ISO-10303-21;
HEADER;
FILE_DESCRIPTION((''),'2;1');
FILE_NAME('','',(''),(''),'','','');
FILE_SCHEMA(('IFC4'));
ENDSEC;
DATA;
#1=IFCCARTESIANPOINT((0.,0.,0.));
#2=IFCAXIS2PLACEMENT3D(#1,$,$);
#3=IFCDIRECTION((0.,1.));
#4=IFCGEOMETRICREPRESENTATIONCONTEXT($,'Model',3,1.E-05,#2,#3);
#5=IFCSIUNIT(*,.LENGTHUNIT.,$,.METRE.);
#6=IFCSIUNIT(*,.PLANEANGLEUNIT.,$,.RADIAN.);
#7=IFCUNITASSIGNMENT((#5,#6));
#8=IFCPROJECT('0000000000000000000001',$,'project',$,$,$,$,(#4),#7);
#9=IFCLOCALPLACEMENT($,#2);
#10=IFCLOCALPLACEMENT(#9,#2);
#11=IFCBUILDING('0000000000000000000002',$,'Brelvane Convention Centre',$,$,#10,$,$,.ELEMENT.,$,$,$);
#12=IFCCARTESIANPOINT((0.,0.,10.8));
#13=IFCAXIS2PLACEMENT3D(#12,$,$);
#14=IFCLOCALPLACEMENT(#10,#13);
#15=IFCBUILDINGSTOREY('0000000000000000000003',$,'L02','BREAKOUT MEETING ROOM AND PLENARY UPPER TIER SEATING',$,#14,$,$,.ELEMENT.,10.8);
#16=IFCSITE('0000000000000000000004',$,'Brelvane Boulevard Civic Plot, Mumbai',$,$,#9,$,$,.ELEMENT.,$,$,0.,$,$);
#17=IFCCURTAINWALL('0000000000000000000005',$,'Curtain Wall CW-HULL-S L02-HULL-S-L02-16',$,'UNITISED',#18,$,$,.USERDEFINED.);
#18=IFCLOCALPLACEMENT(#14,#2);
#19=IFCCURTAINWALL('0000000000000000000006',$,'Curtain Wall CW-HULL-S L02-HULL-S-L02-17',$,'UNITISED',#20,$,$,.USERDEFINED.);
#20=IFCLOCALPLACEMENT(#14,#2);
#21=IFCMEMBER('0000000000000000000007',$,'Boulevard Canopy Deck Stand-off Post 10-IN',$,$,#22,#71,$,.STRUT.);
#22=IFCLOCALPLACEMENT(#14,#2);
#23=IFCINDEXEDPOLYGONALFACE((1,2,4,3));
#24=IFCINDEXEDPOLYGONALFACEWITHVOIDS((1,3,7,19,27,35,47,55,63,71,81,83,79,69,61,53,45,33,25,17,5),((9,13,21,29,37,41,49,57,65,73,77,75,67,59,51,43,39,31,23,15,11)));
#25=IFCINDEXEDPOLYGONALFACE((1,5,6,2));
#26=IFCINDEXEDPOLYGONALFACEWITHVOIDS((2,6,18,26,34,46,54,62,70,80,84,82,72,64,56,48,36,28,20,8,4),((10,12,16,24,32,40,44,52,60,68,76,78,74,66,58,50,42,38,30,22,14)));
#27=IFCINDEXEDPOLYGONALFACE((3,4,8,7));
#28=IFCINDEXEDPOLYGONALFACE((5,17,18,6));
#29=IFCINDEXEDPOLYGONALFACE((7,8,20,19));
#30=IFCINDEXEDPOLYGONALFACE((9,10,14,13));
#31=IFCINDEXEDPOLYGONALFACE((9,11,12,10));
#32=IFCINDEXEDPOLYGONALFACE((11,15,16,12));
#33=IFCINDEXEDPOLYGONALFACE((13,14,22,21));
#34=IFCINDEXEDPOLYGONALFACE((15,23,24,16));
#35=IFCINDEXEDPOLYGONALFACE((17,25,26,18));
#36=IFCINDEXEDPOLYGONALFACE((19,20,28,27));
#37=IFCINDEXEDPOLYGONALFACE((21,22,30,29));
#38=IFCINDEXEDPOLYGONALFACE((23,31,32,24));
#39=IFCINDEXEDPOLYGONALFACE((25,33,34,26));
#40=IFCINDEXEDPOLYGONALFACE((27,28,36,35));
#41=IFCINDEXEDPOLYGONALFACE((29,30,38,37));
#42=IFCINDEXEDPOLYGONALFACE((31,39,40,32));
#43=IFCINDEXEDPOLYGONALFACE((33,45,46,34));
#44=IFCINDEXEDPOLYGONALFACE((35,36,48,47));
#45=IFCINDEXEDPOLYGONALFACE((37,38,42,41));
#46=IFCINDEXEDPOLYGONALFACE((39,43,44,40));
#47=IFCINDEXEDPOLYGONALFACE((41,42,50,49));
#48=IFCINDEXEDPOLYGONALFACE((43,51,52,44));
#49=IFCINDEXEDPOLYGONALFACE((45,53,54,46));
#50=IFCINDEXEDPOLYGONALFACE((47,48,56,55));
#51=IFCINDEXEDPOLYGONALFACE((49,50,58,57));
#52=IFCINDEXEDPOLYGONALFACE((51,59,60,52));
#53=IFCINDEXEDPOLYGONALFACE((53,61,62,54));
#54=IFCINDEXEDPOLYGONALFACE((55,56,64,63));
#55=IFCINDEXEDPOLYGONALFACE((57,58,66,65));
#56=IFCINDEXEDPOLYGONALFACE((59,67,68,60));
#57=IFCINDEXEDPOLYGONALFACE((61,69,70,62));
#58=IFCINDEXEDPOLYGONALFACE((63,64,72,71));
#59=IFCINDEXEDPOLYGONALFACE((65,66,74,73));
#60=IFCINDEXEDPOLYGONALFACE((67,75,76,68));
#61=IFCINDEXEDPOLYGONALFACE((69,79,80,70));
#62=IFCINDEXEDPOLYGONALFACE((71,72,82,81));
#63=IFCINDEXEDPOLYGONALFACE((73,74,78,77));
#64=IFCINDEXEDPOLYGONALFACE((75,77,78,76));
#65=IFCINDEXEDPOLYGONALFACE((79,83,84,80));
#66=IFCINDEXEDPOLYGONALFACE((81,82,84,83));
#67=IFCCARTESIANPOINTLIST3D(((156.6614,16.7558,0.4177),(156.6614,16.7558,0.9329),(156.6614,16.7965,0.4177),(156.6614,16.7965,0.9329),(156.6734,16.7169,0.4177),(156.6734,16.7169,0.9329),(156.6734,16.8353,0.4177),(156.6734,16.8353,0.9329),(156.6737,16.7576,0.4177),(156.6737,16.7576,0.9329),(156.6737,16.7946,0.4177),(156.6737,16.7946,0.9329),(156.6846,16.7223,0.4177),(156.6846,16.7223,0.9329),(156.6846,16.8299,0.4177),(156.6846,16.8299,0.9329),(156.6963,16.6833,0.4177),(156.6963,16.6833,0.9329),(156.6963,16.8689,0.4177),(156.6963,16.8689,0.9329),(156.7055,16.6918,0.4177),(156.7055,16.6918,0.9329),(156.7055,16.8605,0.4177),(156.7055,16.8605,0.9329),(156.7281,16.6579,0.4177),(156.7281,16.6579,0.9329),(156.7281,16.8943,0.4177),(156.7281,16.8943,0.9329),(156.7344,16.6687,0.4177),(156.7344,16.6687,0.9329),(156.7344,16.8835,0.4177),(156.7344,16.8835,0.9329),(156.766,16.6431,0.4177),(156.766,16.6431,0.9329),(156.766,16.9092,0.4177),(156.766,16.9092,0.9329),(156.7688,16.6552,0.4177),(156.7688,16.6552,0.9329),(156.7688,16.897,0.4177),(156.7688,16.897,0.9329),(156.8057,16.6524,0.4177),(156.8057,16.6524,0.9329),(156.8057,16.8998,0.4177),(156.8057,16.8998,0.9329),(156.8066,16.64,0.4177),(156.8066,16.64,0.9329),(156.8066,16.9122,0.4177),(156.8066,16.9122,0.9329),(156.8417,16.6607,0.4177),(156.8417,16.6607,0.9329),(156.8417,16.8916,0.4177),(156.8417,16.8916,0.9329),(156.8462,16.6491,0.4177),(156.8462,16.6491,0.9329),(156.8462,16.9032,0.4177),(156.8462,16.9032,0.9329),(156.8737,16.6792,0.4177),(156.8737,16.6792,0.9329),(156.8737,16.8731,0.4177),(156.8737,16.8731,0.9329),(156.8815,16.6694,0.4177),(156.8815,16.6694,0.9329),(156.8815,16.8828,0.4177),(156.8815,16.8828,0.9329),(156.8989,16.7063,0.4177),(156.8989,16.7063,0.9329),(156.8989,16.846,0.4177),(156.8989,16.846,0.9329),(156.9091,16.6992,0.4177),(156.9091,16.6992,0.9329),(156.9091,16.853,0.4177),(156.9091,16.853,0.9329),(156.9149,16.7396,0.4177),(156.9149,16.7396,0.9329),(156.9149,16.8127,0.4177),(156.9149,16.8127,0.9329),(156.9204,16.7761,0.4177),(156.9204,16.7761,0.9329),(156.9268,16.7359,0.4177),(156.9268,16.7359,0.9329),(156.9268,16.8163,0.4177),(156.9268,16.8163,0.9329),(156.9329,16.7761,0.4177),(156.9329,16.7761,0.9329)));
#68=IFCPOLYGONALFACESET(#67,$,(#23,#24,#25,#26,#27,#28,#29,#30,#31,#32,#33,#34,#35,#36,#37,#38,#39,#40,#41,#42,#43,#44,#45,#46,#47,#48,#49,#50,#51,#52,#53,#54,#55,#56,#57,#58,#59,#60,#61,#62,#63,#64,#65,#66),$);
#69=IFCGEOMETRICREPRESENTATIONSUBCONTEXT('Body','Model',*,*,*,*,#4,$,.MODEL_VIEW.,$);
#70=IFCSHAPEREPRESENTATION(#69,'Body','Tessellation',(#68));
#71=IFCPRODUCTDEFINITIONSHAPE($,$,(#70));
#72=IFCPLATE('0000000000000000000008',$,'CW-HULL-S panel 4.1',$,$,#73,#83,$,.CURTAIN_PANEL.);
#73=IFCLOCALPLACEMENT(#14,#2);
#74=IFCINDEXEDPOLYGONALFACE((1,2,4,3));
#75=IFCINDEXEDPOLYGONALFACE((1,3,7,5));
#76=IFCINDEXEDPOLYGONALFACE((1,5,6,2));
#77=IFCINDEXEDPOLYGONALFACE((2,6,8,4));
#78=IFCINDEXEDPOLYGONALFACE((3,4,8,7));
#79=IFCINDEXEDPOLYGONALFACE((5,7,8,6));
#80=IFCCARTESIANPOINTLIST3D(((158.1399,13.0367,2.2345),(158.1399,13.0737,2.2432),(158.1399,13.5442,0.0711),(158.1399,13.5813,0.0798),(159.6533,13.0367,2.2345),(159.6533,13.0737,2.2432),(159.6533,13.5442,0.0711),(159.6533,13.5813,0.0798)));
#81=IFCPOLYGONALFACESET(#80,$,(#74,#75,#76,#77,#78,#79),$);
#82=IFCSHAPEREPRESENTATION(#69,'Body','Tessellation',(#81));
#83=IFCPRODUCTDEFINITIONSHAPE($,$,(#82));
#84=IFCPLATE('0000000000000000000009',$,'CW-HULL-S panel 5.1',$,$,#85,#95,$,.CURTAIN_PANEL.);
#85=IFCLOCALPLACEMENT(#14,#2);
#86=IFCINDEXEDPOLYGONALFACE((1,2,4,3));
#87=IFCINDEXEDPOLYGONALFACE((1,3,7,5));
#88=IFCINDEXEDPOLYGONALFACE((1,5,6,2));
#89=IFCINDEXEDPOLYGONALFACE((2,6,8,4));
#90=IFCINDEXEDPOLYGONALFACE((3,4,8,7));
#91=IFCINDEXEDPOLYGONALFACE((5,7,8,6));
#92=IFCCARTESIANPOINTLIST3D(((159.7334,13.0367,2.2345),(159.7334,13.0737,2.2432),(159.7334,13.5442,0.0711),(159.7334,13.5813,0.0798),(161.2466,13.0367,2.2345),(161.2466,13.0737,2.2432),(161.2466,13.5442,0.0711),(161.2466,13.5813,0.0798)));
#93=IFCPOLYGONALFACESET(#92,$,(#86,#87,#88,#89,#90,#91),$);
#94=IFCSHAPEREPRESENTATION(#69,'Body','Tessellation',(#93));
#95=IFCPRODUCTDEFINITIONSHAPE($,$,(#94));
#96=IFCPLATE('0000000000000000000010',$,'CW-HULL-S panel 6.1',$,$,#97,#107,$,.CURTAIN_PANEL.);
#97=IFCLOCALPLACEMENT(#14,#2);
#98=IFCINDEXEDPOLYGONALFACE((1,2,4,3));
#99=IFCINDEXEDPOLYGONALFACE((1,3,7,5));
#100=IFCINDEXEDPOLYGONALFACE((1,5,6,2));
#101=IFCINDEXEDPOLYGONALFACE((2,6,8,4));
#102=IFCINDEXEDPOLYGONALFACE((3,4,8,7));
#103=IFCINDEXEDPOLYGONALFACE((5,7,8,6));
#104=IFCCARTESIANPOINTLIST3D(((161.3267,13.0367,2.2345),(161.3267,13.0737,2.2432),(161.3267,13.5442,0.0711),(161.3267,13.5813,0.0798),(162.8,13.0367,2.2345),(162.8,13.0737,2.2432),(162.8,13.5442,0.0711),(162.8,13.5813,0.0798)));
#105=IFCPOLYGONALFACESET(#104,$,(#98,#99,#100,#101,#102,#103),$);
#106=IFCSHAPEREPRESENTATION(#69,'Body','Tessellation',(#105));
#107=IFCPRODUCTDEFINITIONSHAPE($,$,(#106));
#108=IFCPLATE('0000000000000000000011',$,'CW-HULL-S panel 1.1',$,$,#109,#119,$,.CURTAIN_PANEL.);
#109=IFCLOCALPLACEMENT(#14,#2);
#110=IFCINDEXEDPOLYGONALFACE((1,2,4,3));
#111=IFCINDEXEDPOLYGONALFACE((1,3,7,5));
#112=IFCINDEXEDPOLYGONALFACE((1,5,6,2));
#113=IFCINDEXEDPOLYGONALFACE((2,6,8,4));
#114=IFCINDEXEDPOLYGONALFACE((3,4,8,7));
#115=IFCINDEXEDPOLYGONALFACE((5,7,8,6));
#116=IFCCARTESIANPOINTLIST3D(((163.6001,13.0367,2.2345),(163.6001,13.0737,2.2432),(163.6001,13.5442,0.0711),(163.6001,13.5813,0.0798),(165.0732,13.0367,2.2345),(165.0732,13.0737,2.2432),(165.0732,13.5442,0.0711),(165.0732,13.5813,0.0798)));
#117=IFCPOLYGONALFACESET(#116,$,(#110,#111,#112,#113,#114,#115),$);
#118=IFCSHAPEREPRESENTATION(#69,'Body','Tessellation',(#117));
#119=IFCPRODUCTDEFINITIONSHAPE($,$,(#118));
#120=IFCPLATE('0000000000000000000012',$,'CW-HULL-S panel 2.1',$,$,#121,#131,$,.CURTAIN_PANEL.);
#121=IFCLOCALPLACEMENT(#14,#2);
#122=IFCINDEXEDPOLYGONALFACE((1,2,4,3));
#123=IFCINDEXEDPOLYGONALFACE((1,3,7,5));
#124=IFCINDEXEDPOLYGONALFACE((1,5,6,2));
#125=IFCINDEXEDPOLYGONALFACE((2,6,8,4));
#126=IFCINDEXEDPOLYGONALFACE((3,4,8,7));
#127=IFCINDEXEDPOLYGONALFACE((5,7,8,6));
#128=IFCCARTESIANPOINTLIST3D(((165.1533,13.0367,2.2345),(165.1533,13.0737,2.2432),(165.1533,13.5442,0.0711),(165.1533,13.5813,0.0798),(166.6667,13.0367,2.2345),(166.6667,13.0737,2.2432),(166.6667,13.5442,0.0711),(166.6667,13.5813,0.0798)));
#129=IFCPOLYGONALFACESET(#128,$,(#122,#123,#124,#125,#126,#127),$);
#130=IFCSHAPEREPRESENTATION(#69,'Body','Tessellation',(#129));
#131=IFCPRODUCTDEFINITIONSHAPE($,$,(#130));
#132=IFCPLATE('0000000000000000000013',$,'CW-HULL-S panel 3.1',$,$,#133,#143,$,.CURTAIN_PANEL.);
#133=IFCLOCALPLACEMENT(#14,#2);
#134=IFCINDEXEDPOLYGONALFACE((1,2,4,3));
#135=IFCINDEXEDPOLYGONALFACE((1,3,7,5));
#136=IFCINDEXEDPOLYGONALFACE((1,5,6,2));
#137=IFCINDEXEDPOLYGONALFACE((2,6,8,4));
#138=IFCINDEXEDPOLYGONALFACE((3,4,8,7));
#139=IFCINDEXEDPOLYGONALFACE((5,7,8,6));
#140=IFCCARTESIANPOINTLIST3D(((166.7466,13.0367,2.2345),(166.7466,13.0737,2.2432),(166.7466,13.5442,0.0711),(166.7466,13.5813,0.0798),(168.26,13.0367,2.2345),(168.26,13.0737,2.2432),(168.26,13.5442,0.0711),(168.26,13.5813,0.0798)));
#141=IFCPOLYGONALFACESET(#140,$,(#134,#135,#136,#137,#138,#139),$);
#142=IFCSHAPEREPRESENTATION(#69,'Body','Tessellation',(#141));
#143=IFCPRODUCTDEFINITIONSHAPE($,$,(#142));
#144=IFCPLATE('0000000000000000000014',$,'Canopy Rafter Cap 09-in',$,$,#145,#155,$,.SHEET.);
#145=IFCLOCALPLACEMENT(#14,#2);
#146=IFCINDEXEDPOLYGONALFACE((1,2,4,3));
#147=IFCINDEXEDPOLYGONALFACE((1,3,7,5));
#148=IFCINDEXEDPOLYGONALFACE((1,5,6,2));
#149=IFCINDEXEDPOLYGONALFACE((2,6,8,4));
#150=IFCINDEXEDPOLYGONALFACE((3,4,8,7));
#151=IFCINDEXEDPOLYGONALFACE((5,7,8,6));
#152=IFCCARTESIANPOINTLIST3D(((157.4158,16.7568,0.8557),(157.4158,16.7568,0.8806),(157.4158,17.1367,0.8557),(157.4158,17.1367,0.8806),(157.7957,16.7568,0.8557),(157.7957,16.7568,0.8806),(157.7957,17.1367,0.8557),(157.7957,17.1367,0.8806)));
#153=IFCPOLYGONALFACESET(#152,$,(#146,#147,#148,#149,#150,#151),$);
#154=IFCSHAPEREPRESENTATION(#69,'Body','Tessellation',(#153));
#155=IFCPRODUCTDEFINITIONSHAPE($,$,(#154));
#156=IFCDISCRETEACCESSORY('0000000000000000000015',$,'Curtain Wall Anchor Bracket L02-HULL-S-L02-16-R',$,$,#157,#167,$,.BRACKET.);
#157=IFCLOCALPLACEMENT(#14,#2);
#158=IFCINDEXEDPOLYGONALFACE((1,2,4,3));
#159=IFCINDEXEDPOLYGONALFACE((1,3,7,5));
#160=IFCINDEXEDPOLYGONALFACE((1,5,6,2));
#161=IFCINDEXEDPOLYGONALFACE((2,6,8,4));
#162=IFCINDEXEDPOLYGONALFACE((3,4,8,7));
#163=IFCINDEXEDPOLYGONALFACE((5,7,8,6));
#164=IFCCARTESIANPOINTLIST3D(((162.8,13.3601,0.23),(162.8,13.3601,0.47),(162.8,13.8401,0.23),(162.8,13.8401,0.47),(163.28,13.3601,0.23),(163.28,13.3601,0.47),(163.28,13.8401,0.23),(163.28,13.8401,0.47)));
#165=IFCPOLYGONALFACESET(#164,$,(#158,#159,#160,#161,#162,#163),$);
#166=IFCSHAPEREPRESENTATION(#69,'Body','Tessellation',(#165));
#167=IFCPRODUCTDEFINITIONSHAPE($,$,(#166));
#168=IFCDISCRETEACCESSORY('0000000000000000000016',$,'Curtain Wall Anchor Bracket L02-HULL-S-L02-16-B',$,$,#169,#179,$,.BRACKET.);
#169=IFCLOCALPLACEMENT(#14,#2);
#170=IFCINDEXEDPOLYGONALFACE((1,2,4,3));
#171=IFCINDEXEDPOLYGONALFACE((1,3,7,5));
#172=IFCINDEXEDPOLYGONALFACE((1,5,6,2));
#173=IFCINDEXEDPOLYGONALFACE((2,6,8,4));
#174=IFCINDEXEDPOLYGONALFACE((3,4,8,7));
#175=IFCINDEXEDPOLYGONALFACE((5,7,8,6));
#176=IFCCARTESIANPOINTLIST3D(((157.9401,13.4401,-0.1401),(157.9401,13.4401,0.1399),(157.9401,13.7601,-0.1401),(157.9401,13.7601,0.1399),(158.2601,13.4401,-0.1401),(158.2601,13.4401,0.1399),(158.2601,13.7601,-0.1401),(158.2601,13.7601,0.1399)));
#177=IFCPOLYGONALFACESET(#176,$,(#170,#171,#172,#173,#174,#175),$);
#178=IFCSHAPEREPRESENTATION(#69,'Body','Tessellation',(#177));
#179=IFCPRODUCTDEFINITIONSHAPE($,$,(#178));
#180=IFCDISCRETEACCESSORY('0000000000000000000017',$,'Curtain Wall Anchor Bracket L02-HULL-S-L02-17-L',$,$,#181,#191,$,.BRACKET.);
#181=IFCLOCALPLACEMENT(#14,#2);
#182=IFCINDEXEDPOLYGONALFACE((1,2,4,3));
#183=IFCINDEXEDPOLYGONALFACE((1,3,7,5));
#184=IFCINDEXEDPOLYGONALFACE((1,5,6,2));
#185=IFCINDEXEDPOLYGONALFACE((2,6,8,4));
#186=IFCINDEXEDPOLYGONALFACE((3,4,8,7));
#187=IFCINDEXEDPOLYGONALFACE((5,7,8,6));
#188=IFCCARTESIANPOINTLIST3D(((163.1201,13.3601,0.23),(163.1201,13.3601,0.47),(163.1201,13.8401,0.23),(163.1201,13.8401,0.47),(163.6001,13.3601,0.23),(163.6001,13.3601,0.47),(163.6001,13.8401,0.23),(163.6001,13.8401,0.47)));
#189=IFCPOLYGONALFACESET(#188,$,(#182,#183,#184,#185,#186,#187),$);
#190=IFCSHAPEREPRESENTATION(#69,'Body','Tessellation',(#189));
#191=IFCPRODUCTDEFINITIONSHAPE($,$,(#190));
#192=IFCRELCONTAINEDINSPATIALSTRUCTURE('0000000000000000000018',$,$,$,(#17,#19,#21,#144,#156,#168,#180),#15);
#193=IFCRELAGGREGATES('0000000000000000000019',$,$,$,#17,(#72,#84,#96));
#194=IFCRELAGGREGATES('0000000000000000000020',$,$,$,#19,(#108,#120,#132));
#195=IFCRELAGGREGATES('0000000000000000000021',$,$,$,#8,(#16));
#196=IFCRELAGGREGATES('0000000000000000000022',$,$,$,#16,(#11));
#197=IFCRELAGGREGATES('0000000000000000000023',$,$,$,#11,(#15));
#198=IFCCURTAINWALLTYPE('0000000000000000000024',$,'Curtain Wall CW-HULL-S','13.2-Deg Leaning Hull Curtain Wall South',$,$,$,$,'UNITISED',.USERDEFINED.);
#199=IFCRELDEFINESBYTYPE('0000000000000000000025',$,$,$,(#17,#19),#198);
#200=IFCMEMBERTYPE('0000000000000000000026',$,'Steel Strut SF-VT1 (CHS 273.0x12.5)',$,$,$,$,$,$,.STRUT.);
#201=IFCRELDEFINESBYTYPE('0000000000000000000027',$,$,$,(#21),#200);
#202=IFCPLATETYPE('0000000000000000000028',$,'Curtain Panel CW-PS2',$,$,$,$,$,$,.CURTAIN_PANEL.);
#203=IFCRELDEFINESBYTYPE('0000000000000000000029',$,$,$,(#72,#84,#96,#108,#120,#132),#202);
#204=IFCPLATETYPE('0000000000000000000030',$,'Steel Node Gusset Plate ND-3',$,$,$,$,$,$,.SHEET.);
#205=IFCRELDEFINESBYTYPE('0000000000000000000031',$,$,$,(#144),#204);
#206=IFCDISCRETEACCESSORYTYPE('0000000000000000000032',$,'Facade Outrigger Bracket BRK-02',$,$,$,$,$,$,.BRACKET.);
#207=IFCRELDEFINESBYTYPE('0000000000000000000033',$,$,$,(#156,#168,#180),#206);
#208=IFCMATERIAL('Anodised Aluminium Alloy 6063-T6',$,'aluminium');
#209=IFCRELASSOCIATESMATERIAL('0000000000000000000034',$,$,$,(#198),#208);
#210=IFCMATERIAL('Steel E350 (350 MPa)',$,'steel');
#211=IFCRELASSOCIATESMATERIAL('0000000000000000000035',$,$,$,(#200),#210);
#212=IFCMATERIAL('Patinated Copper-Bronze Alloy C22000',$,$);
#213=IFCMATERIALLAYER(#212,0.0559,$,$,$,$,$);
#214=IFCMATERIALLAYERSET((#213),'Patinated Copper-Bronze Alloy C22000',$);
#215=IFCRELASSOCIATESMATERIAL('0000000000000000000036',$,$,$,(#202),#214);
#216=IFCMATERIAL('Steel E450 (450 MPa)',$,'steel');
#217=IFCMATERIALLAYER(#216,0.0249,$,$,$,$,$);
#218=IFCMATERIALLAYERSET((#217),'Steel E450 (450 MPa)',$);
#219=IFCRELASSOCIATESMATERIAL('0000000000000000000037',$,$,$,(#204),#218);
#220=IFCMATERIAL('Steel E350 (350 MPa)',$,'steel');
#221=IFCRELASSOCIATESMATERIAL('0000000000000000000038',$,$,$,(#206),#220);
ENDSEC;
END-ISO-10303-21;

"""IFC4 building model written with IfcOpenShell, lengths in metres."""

from ifc_helpers import new_model, si_unit, direction, frame, origin, origin_2d, place, context, subcontext, project, spatial, polyline, rectangle, hollow_circle, outline, extrude, material, layer, layer_set, material_profile, profile_set, type_object, element, aggregate, save


model = new_model("IFC4")

# Units and contexts
model_context = context("Model", 3, precision=1e-05, world=origin(), true_north=direction((0.0, 1.0)))
body_context = subcontext(model_context, "Body", "Model", "MODEL_VIEW")
ifc_project = project(units=[si_unit("LENGTHUNIT", "METRE"), si_unit("PLANEANGLEUNIT", "RADIAN")], contexts=[model_context])

# Site, building, storey
site_placement = place(None, origin())
site = spatial("IfcSite", under=ifc_project, at=site_placement, Name="Brelvane Boulevard Civic Plot, Mumbai", CompositionType="ELEMENT", RefElevation=0.0)
building_placement = place(site_placement, origin())
building = spatial("IfcBuilding", under=site, at=building_placement, Name="Brelvane Convention Centre", CompositionType="ELEMENT")
storey_placement = place(building_placement, frame((0.0, 0.0, 10.8)))
storey = spatial("IfcBuildingStorey", under=building, at=storey_placement, Name="L02", Description="BREAKOUT MEETING ROOM AND PLENARY UPPER TIER SEATING", CompositionType="ELEMENT", Elevation=10.8)

# Curtain walls
ifc_material_1 = material(Name="Anodised Aluminium Alloy 6063-T6", Category="aluminium")
curtain_wall_type = type_object("IfcCurtainWallType", Name="Curtain Wall CW-HULL-S", Description="13.2-Deg Leaning Hull Curtain Wall South", ElementType="UNITISED", PredefinedType="USERDEFINED", material=ifc_material_1)
curtain_wall_1_placement = place(storey_placement, origin())
curtain_wall_1 = element("IfcCurtainWall", 1, at=curtain_wall_1_placement, inside=storey, type_object=curtain_wall_type, Name="Curtain Wall CW-HULL-S L02-HULL-S-L02-16", ObjectType="UNITISED", PredefinedType="USERDEFINED")
curtain_wall_2_placement = place(storey_placement, origin())
curtain_wall_2 = element("IfcCurtainWall", 2, at=curtain_wall_2_placement, inside=storey, type_object=curtain_wall_type, Name="Curtain Wall CW-HULL-S L02-HULL-S-L02-17", ObjectType="UNITISED", PredefinedType="USERDEFINED")

# Member
ifc_material_2 = material(Name="Steel E350 (350 MPa)", Category="steel")
ifc_material_profile_1 = material_profile(ifc_material_2, hollow_circle(Radius=0.1365, WallThickness=0.0125, at=origin_2d()), Name="CHS 273.0x12.5")
ifc_profile_set_1 = profile_set([ifc_material_profile_1], Name="Steel E350 (350 MPa)")
member_type_1 = type_object("IfcMemberType", Name="Steel Strut SF-VT1 (CHS 273.0x12.5)", PredefinedType="STRUT", material=ifc_profile_set_1)
for number, where, z_axis, x_axis, name in (
    (3, (156.7964, 16.7761, 0.4177), (0.0, 0.0, 1.0), (1.0, 0.0, 0.0), "Boulevard Canopy Deck Stand-off Post 10-IN"),
):
    element("IfcMember", number, at=place(storey_placement, frame(where, z_axis=z_axis, x_axis=x_axis)), inside=storey, type_object=member_type_1, Name=name, PredefinedType="STRUT", context=body_context, shape_type="SweptSolid", body=[
        extrude(hollow_circle(Radius=0.1365, WallThickness=0.0125, at=origin_2d()), origin(), (0.0, 0.0, 1.0), 0.5151),
    ])

# Plates
ifc_material_3 = material(Name="Patinated Copper-Bronze Alloy C22000")
ifc_layer_1 = layer(ifc_material_3, 0.0559)
ifc_layer_set_1 = layer_set([ifc_layer_1], Name="Patinated Copper-Bronze Alloy C22000")
plate_type_1 = type_object("IfcPlateType", Name="Curtain Panel CW-PS2", PredefinedType="CURTAIN_PANEL", material=ifc_layer_set_1)
plate_1_placement = place(storey_placement, frame((158.1399, 13.5813, 0.0798), z_axis=(0.0, 0.973563, 0.228421), x_axis=(1.0, 0.0, 0.0)))
plate_1 = element("IfcPlate", 4, at=plate_1_placement, type_object=plate_type_1, Name="CW-HULL-S panel 4.1", PredefinedType="CURTAIN_PANEL", context=body_context, shape_type="SweptSolid", body=[
    extrude(outline(polyline([(0.0, 0.0), (1.5134, 0.0), (1.5134, -2.2221), (0.0, -2.2221), (0.0, 0.0)])), origin(), (0.0, 0.0, -1.0), 0.0381),
])
plate_2_placement = place(storey_placement, frame((159.7334, 13.5813, 0.0798), z_axis=(0.0, 0.973563, 0.228421), x_axis=(1.0, 0.0, 0.0)))
plate_2 = element("IfcPlate", 5, at=plate_2_placement, type_object=plate_type_1, Name="CW-HULL-S panel 5.1", PredefinedType="CURTAIN_PANEL", context=body_context, shape_type="SweptSolid", body=[
    extrude(outline(polyline([(0.0, 0.0), (1.5132, 0.0), (1.5132, -2.2221), (0.0, -2.2221), (0.0, 0.0)])), origin(), (0.0, 0.0, -1.0), 0.0381),
])
plate_3_placement = place(storey_placement, frame((161.3267, 13.5813, 0.0798), z_axis=(0.0, 0.973563, 0.228421), x_axis=(1.0, 0.0, 0.0)))
plate_3 = element("IfcPlate", 6, at=plate_3_placement, type_object=plate_type_1, Name="CW-HULL-S panel 6.1", PredefinedType="CURTAIN_PANEL", context=body_context, shape_type="SweptSolid", body=[
    extrude(outline(polyline([(0.0, 0.0), (1.4734, 0.0), (1.4734, -2.2221), (0.0, -2.2221), (0.0, 0.0)])), origin(), (0.0, 0.0, -1.0), 0.0381),
])
aggregate(curtain_wall_1, [plate_1, plate_2, plate_3])
plate_4_placement = place(storey_placement, frame((163.6001, 13.5813, 0.0798), z_axis=(0.0, 0.973563, 0.228421), x_axis=(1.0, 0.0, 0.0)))
plate_4 = element("IfcPlate", 7, at=plate_4_placement, type_object=plate_type_1, Name="CW-HULL-S panel 1.1", PredefinedType="CURTAIN_PANEL", context=body_context, shape_type="SweptSolid", body=[
    extrude(outline(polyline([(0.0, 0.0), (1.4731, 0.0), (1.4731, -2.2221), (0.0, -2.2221), (0.0, 0.0)])), origin(), (0.0, 0.0, -1.0), 0.0381),
])
plate_5_placement = place(storey_placement, frame((165.1533, 13.5813, 0.0798), z_axis=(0.0, 0.973563, 0.228421), x_axis=(1.0, 0.0, 0.0)))
plate_5 = element("IfcPlate", 8, at=plate_5_placement, type_object=plate_type_1, Name="CW-HULL-S panel 2.1", PredefinedType="CURTAIN_PANEL", context=body_context, shape_type="SweptSolid", body=[
    extrude(outline(polyline([(0.0, 0.0), (1.5134, 0.0), (1.5134, -2.2221), (0.0, -2.2221), (0.0, 0.0)])), origin(), (0.0, 0.0, -1.0), 0.0381),
])
plate_6_placement = place(storey_placement, frame((166.7466, 13.5813, 0.0798), z_axis=(0.0, 0.973563, 0.228421), x_axis=(1.0, 0.0, 0.0)))
plate_6 = element("IfcPlate", 9, at=plate_6_placement, type_object=plate_type_1, Name="CW-HULL-S panel 3.1", PredefinedType="CURTAIN_PANEL", context=body_context, shape_type="SweptSolid", body=[
    extrude(outline(polyline([(0.0, 0.0), (1.5134, 0.0), (1.5134, -2.2221), (0.0, -2.2221), (0.0, 0.0)])), origin(), (0.0, 0.0, -1.0), 0.0381),
])
aggregate(curtain_wall_2, [plate_4, plate_5, plate_6])
ifc_material_4 = material(Name="Steel E450 (450 MPa)", Category="steel")
ifc_layer_2 = layer(ifc_material_4, 0.0249)
ifc_layer_set_2 = layer_set([ifc_layer_2], Name="Steel E450 (450 MPa)")
plate_type_2 = type_object("IfcPlateType", Name="Steel Node Gusset Plate ND-3", PredefinedType="SHEET", material=ifc_layer_set_2)
plate_7_placement = place(storey_placement, frame((157.6057, 16.9468, 0.8557), z_axis=(0.0, 0.0, 1.0), x_axis=(1.0, 0.0, 0.0)))
element("IfcPlate", 10, at=plate_7_placement, inside=storey, type_object=plate_type_2, Name="Canopy Rafter Cap 09-in", PredefinedType="SHEET", context=body_context, shape_type="SweptSolid", body=[
    extrude(rectangle(XDim=0.3799, YDim=0.3799, at=origin_2d()), origin(), (0.0, 0.0, 1.0), 0.0249),
])

# Discrete accessories
ifc_material_5 = material(Name="Steel E350 (350 MPa)", Category="steel")
discrete_accessory_type = type_object("IfcDiscreteAccessoryType", Name="Facade Outrigger Bracket BRK-02", PredefinedType="BRACKET", material=ifc_material_5)
discrete_accessory_1_placement = place(storey_placement, frame((163.04, 13.6001, 0.23), z_axis=(0.0, 0.0, 1.0), x_axis=(1.0, 0.0, 0.0)))
element("IfcDiscreteAccessory", 11, at=discrete_accessory_1_placement, inside=storey, type_object=discrete_accessory_type, Name="Curtain Wall Anchor Bracket L02-HULL-S-L02-16-R", PredefinedType="BRACKET", context=body_context, shape_type="SweptSolid", body=[
    extrude(rectangle(XDim=0.48, YDim=0.48, at=origin_2d()), origin(), (0.0, 0.0, 1.0), 0.24),
])
discrete_accessory_2_placement = place(storey_placement, frame((158.1001, 13.6001, -0.1401), z_axis=(0.0, 0.0, 1.0), x_axis=(1.0, 0.0, 0.0)))
element("IfcDiscreteAccessory", 12, at=discrete_accessory_2_placement, inside=storey, type_object=discrete_accessory_type, Name="Curtain Wall Anchor Bracket L02-HULL-S-L02-16-B", PredefinedType="BRACKET", context=body_context, shape_type="SweptSolid", body=[
    extrude(rectangle(XDim=0.3201, YDim=0.3201, at=origin_2d()), origin(), (0.0, 0.0, 1.0), 0.28),
])
discrete_accessory_3_placement = place(storey_placement, frame((163.3601, 13.6001, 0.23), z_axis=(0.0, 0.0, 1.0), x_axis=(1.0, 0.0, 0.0)))
element("IfcDiscreteAccessory", 13, at=discrete_accessory_3_placement, inside=storey, type_object=discrete_accessory_type, Name="Curtain Wall Anchor Bracket L02-HULL-S-L02-17-L", PredefinedType="BRACKET", context=body_context, shape_type="SweptSolid", body=[
    extrude(rectangle(XDim=0.48, YDim=0.48, at=origin_2d()), origin(), (0.0, 0.0, 1.0), 0.24),
])

save(model, "model.ifc")
